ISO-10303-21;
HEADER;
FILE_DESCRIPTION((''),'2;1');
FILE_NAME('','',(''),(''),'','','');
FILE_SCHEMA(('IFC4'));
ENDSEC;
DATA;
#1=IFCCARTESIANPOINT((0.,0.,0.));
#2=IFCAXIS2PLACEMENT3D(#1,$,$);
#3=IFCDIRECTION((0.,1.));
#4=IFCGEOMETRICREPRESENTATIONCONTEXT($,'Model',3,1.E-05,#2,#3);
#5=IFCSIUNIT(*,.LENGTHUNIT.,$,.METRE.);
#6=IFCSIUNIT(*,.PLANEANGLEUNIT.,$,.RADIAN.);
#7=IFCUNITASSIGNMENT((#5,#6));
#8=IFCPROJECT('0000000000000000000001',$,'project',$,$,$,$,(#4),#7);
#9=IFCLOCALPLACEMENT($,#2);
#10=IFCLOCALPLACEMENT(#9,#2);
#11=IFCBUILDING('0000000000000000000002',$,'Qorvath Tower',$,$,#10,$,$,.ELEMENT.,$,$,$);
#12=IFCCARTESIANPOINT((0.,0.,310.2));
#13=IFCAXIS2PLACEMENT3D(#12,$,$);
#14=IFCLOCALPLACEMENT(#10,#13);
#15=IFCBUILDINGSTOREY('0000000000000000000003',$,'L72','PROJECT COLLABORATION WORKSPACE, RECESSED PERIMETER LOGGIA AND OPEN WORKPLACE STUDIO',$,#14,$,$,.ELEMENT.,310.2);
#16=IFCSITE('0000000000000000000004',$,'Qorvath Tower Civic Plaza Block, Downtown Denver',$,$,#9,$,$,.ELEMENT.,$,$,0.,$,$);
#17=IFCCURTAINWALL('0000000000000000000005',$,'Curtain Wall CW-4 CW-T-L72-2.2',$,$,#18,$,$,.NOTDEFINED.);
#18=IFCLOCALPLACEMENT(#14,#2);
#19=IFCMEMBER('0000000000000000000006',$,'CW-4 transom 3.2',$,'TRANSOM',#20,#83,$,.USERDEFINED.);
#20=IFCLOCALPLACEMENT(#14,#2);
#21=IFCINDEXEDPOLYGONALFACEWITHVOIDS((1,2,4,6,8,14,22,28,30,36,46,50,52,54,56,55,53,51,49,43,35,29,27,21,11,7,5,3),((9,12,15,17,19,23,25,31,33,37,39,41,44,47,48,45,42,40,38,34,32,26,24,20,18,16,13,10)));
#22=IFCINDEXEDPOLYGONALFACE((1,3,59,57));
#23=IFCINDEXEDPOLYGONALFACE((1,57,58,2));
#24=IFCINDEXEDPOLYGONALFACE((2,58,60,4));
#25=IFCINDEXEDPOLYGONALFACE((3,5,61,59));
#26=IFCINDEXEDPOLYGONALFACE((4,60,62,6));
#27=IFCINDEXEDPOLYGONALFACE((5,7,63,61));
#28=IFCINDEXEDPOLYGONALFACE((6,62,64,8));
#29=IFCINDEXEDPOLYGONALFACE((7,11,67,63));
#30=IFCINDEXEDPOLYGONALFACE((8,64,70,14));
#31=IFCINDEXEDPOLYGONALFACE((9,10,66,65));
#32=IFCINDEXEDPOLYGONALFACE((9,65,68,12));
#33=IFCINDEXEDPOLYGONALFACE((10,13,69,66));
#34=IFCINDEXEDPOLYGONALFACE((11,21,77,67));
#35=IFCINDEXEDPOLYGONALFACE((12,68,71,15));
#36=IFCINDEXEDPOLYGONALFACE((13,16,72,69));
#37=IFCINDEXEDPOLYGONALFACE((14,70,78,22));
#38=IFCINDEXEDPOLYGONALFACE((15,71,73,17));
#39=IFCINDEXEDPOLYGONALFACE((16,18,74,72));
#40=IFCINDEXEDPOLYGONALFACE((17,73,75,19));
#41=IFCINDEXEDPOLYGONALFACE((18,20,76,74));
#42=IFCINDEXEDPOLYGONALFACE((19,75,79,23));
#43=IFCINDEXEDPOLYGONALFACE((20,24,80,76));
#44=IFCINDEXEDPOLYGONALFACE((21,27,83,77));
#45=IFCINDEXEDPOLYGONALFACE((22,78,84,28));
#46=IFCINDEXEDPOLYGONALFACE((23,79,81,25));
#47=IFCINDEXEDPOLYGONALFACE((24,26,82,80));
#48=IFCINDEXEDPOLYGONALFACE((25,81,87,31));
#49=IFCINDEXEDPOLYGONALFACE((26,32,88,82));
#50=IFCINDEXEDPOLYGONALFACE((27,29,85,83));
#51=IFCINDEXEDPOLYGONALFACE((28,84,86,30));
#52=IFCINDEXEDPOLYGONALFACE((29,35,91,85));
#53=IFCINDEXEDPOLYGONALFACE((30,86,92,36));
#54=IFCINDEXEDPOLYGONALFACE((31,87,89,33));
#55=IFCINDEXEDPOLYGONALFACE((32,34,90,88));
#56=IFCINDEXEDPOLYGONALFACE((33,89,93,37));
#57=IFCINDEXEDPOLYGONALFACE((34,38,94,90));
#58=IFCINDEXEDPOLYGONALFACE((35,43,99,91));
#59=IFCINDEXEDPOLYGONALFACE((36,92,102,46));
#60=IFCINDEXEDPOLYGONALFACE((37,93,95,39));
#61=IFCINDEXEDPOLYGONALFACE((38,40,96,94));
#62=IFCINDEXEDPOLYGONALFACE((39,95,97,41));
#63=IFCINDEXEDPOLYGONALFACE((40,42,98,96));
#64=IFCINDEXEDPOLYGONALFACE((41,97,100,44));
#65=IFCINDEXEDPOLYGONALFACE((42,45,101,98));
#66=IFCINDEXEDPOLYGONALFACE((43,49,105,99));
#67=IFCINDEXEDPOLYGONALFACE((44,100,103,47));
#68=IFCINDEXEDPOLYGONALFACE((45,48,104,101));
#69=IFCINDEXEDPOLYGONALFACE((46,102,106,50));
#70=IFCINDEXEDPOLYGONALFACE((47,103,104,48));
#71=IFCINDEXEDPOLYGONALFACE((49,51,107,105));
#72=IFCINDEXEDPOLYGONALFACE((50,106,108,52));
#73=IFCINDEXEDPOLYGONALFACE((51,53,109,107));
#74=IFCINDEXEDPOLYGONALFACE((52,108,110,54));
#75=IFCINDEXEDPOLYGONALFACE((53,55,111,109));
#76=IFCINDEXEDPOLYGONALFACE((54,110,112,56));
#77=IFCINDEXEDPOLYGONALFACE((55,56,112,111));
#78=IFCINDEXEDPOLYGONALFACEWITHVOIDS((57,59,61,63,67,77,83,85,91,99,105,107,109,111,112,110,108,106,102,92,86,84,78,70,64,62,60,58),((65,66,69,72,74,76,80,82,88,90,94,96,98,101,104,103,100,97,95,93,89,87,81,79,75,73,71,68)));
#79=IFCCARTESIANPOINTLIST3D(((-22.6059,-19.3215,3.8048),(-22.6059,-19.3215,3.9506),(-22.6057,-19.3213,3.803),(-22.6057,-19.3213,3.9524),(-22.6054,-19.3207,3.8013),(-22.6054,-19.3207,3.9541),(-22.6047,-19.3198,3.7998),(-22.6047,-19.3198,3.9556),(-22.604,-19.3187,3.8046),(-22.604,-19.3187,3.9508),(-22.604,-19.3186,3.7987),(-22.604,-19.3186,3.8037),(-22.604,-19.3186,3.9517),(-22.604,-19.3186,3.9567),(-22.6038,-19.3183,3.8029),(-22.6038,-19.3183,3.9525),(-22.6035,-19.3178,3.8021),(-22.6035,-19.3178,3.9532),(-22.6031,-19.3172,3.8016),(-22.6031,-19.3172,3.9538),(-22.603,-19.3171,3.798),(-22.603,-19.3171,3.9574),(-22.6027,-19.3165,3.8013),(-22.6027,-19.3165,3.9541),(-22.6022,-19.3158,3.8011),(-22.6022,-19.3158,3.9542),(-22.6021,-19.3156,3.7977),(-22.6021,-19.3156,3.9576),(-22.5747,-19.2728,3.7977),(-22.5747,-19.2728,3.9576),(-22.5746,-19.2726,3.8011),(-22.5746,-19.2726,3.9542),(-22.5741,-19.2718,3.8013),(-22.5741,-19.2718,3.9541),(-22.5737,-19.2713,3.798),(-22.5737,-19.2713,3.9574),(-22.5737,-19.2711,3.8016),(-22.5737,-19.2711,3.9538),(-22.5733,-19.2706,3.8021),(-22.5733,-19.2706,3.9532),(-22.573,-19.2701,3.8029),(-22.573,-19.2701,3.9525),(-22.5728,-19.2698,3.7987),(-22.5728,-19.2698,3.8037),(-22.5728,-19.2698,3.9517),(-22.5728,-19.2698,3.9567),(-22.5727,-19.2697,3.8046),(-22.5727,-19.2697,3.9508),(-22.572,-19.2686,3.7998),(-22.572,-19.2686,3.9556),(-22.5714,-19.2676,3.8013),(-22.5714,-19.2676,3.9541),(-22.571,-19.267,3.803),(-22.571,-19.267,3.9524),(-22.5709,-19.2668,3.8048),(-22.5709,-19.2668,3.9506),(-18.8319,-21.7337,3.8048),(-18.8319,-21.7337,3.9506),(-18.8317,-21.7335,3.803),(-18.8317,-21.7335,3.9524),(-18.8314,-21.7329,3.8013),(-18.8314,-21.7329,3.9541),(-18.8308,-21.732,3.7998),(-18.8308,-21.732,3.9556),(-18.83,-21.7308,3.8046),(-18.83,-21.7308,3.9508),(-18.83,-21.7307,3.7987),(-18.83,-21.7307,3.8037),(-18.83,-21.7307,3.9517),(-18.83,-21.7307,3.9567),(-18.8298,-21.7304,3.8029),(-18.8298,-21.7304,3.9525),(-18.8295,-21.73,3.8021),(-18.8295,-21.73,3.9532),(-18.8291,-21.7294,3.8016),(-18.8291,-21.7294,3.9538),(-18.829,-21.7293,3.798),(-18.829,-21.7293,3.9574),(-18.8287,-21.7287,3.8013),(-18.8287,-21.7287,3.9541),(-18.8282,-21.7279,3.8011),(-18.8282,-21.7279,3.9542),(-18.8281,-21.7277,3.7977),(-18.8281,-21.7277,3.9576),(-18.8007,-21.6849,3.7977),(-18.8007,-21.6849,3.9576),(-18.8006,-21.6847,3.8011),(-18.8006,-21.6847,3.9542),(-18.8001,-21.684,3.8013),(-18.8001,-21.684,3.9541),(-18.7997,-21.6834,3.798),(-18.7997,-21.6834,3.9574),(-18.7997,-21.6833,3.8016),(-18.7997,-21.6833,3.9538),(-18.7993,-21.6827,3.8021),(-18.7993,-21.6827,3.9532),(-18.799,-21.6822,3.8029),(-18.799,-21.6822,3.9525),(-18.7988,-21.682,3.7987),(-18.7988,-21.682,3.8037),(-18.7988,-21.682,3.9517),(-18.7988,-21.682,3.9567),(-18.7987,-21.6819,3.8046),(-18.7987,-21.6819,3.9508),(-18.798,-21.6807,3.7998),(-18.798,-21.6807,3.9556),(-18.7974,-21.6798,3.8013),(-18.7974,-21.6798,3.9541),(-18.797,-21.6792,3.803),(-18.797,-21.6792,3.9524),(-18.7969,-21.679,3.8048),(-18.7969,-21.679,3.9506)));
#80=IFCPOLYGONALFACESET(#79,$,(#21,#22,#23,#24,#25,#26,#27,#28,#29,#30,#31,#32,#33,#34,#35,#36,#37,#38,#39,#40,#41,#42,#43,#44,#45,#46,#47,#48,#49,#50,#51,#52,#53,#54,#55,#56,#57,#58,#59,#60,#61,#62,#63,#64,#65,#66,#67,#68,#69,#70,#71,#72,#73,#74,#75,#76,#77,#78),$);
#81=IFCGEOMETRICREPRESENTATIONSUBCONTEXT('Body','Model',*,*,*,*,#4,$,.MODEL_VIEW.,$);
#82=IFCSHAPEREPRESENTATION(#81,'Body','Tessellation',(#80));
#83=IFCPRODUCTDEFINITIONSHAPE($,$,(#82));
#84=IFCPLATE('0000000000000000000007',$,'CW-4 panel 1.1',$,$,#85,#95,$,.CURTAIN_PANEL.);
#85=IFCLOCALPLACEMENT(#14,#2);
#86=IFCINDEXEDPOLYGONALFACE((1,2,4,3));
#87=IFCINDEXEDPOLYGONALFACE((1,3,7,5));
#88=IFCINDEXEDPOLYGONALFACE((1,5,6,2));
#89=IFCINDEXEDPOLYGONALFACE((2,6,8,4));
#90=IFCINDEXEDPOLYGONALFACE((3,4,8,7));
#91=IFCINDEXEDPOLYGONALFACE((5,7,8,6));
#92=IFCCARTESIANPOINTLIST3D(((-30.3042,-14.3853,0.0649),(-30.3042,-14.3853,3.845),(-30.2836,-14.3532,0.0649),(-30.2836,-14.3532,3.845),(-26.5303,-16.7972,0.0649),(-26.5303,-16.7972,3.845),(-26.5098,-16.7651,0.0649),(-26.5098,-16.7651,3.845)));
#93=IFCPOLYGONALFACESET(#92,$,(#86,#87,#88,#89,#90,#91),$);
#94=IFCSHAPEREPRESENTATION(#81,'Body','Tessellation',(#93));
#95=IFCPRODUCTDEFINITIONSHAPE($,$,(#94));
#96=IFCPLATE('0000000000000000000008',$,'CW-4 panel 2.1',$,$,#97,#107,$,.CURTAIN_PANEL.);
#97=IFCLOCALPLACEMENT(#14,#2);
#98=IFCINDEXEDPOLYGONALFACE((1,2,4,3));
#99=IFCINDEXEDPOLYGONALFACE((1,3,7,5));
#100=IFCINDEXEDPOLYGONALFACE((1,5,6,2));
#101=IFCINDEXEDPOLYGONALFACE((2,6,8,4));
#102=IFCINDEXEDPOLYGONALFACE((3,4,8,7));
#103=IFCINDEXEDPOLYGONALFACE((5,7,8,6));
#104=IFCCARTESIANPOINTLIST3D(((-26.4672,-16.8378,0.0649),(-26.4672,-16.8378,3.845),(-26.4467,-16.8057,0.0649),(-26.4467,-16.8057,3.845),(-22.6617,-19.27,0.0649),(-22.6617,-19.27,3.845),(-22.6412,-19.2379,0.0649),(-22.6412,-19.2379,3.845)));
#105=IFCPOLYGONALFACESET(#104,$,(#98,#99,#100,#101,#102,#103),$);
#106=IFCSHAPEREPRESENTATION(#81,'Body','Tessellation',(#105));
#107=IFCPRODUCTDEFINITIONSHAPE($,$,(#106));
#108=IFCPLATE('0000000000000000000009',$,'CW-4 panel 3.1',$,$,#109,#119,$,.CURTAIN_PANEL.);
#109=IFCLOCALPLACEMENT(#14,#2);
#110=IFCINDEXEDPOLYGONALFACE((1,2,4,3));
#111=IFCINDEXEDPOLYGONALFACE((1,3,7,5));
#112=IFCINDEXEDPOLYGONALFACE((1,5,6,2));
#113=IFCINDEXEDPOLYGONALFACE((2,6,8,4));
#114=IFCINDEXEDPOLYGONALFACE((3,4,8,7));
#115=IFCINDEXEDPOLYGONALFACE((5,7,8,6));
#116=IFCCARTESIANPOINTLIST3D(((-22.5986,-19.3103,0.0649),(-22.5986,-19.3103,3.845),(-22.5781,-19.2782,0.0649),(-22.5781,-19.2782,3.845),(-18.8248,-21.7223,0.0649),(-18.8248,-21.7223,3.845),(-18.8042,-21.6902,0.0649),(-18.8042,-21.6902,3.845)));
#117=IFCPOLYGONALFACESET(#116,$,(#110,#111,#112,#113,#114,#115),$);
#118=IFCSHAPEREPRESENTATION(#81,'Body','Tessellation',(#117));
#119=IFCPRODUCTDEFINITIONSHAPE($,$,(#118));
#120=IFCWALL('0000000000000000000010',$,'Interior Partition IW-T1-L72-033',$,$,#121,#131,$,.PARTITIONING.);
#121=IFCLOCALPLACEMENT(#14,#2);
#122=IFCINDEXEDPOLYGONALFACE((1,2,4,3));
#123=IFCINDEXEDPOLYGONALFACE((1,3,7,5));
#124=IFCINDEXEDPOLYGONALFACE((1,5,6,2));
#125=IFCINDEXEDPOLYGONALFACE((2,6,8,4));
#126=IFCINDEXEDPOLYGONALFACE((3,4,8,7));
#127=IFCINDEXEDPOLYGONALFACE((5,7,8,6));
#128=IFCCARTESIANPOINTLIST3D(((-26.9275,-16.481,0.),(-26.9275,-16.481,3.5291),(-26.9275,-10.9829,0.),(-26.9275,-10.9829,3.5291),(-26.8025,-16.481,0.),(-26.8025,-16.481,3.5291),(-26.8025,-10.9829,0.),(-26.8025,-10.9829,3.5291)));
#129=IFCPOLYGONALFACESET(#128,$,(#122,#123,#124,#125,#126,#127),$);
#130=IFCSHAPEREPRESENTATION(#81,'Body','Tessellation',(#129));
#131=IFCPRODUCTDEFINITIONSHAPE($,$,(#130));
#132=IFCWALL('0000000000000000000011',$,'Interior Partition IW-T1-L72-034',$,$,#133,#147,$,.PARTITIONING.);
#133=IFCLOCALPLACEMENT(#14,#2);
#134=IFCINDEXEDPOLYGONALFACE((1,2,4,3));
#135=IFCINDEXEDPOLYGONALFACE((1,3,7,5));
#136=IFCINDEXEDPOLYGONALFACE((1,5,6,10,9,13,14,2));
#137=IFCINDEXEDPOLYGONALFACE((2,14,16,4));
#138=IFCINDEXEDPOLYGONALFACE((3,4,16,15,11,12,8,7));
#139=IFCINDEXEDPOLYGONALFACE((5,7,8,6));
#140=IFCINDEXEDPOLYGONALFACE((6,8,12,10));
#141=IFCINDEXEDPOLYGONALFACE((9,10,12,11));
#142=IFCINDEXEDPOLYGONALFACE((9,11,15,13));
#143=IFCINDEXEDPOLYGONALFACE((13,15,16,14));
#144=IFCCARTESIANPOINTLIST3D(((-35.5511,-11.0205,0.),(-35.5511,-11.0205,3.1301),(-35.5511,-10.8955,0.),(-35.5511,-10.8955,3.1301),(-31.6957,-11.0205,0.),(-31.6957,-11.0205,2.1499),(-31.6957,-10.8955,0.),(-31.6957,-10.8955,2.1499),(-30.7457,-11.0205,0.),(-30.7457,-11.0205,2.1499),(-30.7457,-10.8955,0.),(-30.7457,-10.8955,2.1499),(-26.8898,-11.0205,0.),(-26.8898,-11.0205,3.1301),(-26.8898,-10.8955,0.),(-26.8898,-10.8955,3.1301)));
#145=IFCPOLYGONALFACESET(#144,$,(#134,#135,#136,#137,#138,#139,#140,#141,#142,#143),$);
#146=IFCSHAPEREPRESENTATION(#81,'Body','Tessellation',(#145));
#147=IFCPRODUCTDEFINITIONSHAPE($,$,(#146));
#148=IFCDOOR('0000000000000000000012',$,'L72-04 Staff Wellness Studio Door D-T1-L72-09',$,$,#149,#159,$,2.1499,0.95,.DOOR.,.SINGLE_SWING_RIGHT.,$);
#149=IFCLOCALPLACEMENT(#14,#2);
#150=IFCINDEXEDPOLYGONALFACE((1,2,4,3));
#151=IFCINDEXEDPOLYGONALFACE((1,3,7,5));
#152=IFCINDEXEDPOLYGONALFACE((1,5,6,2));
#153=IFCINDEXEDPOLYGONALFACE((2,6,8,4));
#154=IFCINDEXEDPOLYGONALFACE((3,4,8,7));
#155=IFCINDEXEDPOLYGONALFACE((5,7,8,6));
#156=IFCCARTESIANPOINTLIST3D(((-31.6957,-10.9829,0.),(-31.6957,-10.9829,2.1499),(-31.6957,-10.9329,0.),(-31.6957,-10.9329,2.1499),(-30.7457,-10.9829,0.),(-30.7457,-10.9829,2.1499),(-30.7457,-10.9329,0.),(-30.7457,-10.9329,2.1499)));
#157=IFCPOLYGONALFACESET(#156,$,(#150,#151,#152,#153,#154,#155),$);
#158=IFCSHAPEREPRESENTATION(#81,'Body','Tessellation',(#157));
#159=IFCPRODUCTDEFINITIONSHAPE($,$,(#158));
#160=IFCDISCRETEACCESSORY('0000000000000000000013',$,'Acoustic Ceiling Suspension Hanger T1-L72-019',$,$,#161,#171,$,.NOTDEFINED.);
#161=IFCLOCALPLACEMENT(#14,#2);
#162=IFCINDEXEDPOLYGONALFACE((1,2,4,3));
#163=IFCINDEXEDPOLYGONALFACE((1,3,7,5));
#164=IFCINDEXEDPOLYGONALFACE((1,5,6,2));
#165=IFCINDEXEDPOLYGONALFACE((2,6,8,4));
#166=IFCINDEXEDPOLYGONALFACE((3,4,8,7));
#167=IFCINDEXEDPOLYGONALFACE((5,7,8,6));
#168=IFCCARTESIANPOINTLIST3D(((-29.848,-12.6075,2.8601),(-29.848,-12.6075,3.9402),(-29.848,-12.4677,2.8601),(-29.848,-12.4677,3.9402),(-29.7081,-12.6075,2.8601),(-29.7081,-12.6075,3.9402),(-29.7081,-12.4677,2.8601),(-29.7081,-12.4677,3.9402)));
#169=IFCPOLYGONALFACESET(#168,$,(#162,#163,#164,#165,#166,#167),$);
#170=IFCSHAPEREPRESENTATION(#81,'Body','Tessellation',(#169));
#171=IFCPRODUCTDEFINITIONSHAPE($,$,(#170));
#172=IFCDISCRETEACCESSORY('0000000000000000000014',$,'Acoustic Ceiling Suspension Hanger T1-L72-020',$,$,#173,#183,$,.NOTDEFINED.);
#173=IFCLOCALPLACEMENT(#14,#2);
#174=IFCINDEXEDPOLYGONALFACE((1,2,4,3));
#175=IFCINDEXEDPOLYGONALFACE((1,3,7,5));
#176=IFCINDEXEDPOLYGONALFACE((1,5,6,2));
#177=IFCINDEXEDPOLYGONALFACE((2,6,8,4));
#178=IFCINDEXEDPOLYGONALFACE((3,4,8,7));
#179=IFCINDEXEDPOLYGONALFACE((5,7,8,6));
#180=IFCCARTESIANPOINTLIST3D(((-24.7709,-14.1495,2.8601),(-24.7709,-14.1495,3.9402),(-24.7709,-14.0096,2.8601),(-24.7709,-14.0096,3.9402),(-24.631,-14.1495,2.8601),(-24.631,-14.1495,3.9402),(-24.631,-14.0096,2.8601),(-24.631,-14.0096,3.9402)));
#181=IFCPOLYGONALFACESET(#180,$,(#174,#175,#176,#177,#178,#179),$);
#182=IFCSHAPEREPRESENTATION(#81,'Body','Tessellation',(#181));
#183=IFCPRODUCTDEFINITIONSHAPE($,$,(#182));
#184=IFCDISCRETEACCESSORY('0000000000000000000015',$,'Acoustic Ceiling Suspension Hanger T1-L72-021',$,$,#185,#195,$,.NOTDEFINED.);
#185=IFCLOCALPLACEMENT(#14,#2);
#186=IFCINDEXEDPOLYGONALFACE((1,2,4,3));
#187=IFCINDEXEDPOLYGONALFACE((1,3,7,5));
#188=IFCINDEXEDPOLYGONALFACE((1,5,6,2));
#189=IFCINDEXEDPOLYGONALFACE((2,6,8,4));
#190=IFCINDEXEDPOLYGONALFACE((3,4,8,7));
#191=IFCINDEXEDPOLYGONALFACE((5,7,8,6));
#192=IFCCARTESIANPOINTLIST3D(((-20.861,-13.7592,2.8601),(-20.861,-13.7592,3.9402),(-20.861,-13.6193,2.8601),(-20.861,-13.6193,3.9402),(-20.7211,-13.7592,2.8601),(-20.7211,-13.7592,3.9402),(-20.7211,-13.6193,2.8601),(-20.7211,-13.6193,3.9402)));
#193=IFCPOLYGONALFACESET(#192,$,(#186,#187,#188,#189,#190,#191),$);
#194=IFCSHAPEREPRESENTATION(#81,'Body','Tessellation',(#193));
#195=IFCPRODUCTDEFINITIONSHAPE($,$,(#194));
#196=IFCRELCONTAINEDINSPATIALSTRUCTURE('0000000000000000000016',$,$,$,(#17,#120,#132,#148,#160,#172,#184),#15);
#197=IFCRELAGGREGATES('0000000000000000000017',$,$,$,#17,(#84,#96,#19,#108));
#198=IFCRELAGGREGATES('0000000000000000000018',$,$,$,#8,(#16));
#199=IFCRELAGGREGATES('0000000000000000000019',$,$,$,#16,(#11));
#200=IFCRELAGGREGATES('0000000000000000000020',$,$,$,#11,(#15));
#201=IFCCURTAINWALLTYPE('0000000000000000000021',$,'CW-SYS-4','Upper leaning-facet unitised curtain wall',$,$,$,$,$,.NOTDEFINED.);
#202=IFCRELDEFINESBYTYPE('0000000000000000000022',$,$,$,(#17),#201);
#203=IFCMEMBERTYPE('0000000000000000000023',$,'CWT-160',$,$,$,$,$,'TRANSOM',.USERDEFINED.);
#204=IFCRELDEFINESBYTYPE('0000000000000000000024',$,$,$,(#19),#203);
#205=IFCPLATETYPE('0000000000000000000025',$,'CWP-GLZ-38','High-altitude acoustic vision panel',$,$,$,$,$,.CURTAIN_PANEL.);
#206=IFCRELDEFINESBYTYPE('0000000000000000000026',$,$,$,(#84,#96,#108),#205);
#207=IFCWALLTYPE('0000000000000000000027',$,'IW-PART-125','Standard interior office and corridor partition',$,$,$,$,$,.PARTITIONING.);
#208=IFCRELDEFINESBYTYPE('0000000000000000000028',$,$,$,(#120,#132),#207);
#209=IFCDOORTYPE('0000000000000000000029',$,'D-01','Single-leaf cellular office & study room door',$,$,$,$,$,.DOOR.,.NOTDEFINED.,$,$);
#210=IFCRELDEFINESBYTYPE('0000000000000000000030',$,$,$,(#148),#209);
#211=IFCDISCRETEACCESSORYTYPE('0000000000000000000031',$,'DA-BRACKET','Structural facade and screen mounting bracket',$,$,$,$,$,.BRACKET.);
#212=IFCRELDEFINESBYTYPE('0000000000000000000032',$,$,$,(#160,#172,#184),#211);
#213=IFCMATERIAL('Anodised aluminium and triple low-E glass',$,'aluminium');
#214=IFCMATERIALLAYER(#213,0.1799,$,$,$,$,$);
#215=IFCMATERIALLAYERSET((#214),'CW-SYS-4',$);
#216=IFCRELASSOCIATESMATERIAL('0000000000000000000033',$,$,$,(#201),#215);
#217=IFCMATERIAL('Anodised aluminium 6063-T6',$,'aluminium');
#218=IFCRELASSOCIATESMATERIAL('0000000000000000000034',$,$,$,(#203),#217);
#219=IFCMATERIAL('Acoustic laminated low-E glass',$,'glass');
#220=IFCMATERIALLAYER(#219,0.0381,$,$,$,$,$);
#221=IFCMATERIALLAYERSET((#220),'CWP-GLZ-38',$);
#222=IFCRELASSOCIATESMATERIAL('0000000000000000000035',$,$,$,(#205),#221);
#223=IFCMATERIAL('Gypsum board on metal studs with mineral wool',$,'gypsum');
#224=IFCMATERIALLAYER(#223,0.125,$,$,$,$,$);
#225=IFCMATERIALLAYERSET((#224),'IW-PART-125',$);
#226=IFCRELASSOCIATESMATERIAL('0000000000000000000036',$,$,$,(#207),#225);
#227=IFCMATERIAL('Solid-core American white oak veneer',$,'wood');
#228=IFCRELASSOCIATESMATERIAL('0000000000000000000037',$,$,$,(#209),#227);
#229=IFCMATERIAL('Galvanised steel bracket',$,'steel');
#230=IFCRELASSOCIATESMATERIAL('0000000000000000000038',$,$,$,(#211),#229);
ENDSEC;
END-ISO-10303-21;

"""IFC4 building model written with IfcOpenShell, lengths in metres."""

from ifc_helpers import new_model, si_unit, direction, frame, frame_2d, origin, origin_2d, place, context, subcontext, project, spatial, rectangle, hollow_rectangle, extrude, material, layer, layer_set, material_profile, profile_set, type_object, element, fill, aggregate, save


model = new_model("IFC4")

# Units and contexts
model_context = context("Model", 3, precision=1e-05, world=origin(), true_north=direction((0.0, 1.0)))
body_context = subcontext(model_context, "Body", "Model", "MODEL_VIEW")
ifc_project = project(units=[si_unit("LENGTHUNIT", "METRE"), si_unit("PLANEANGLEUNIT", "RADIAN")], contexts=[model_context])

# Site, building, storey
site_placement = place(None, origin())
site = spatial("IfcSite", under=ifc_project, at=site_placement, Name="Qorvath Tower Civic Plaza Block, Downtown Denver", CompositionType="ELEMENT", RefElevation=0.0)
building_placement = place(site_placement, origin())
building = spatial("IfcBuilding", under=site, at=building_placement, Name="Qorvath Tower", CompositionType="ELEMENT")
storey_placement = place(building_placement, frame((0.0, 0.0, 310.2)))
storey = spatial("IfcBuildingStorey", under=building, at=storey_placement, Name="L72", Description="PROJECT COLLABORATION WORKSPACE, RECESSED PERIMETER LOGGIA AND OPEN WORKPLACE STUDIO", CompositionType="ELEMENT", Elevation=310.2)

# Curtain wall, member, plates
ifc_material_1 = material(Name="Anodised aluminium and triple low-E glass", Category="aluminium")
ifc_layer_1 = layer(ifc_material_1, 0.1799)
ifc_layer_set_1 = layer_set([ifc_layer_1], Name="CW-SYS-4")
curtain_wall_type = type_object("IfcCurtainWallType", Name="CW-SYS-4", Description="Upper leaning-facet unitised curtain wall", PredefinedType="NOTDEFINED", material=ifc_layer_set_1)
curtain_wall_placement = place(storey_placement, origin())
curtain_wall = element("IfcCurtainWall", 1, at=curtain_wall_placement, inside=storey, type_object=curtain_wall_type, Name="Curtain Wall CW-4 CW-T-L72-2.2", PredefinedType="NOTDEFINED")
ifc_material_2 = material(Name="Anodised aluminium 6063-T6", Category="aluminium")
ifc_material_profile_1 = material_profile(ifc_material_2, hollow_rectangle(XDim=0.0649, YDim=0.1599, WallThickness=0.0034, InnerFilletRadius=0.0034, OuterFilletRadius=0.0071, at=origin_2d()), Name="CWT 160x65")
ifc_profile_set_1 = profile_set([ifc_material_profile_1], Name="Anodised aluminium 6063-T6")
member_type_1 = type_object("IfcMemberType", Name="CWT-160", ElementType="TRANSOM", PredefinedType="USERDEFINED", material=ifc_profile_set_1)
member_1_placement = place(storey_placement, frame((-22.5884, -19.2942, 3.8777), z_axis=(0.842596, -0.538546, 0.0), x_axis=(0.538546, 0.842596, 0.0)))
member_1 = element("IfcMember", 2, at=member_1_placement, type_object=member_type_1, Name="CW-4 transom 3.2", ObjectType="TRANSOM", PredefinedType="USERDEFINED", context=body_context, shape_type="SweptSolid", body=[
    extrude(hollow_rectangle(XDim=0.0649, YDim=0.1599, WallThickness=0.0034, InnerFilletRadius=0.0034, OuterFilletRadius=0.0071, at=origin_2d()), origin(), (0.0, 0.0, 1.0), 4.479),
])
ifc_material_3 = material(Name="Acoustic laminated low-E glass", Category="glass")
ifc_layer_2 = layer(ifc_material_3, 0.0381)
ifc_layer_set_2 = layer_set([ifc_layer_2], Name="CWP-GLZ-38")
plate_type = type_object("IfcPlateType", Name="CWP-GLZ-38", Description="High-altitude acoustic vision panel", PredefinedType="CURTAIN_PANEL", material=ifc_layer_set_2)
plate_1_placement = place(storey_placement, frame((-28.407, -15.5752, 0.0649), z_axis=(0.0, 0.0, 1.0), x_axis=(0.842605, -0.538531, 0.0)))
plate_1 = element("IfcPlate", 3, at=plate_1_placement, type_object=plate_type, Name="CW-4 panel 1.1", PredefinedType="CURTAIN_PANEL", context=body_context, shape_type="SweptSolid", body=[
    extrude(rectangle(XDim=4.4788, YDim=0.0381, at=origin_2d()), origin(), (0.0, 0.0, 1.0), 3.78),
])
plate_2_placement = place(storey_placement, frame((-24.5542, -18.0378, 0.0649), z_axis=(0.0, 0.0, 1.0), x_axis=(0.842605, -0.538531, 0.0)))
plate_2 = element("IfcPlate", 4, at=plate_2_placement, type_object=plate_type, Name="CW-4 panel 2.1", PredefinedType="CURTAIN_PANEL", context=body_context, shape_type="SweptSolid", body=[
    extrude(rectangle(XDim=4.5164, YDim=0.0381, at=origin_2d()), origin(), (0.0, 0.0, 1.0), 3.78),
])
plate_3_placement = place(storey_placement, frame((-20.7014, -20.5002, 0.0649), z_axis=(0.0, 0.0, 1.0), x_axis=(0.842605, -0.538531, 0.0)))
plate_3 = element("IfcPlate", 5, at=plate_3_placement, type_object=plate_type, Name="CW-4 panel 3.1", PredefinedType="CURTAIN_PANEL", context=body_context, shape_type="SweptSolid", body=[
    extrude(rectangle(XDim=4.4788, YDim=0.0381, at=origin_2d()), origin(), (0.0, 0.0, 1.0), 3.78),
])
aggregate(curtain_wall, [plate_1, plate_2, member_1, plate_3])

# Wall
ifc_material_4 = material(Name="Gypsum board on metal studs with mineral wool", Category="gypsum")
ifc_layer_3 = layer(ifc_material_4, 0.125)
ifc_layer_set_3 = layer_set([ifc_layer_3], Name="IW-PART-125")
wall_type = type_object("IfcWallType", Name="IW-PART-125", Description="Standard interior office and corridor partition", PredefinedType="PARTITIONING", material=ifc_layer_set_3)
wall_1_placement = place(storey_placement, frame((-26.865, -16.481, 0.0), z_axis=(0.0, 0.0, 1.0), x_axis=(0.0, 1.0, 0.0)))
element("IfcWall", 6, at=wall_1_placement, inside=storey, type_object=wall_type, Name="Interior Partition IW-T1-L72-033", PredefinedType="PARTITIONING", context=body_context, shape_type="SweptSolid", body=[
    extrude(rectangle(XDim=5.498, YDim=0.125, at=frame_2d((2.749, 0.0))), origin(), (0.0, 0.0, 1.0), 3.5291),
])

# Wall, opening, door
wall_2_placement = place(storey_placement, frame((-26.8899, -10.958, 0.0), z_axis=(0.0, 0.0, 1.0), x_axis=(-1.0, 0.0, 0.0)))
wall_2 = element("IfcWall", 7, at=wall_2_placement, inside=storey, type_object=wall_type, Name="Interior Partition IW-T1-L72-034", PredefinedType="PARTITIONING", context=body_context, shape_type="SweptSolid", body=[
    extrude(rectangle(XDim=8.6614, YDim=0.125, at=frame_2d((4.3306, 0.0))), origin(), (0.0, 0.0, 1.0), 3.1301),
])
opening_placement = place(wall_2_placement, frame((3.8557, 0.0, 0.0)))
opening = element("IfcOpeningElement", 8, at=opening_placement, cuts=wall_2, PredefinedType="OPENING", context=body_context, shape_type="SweptSolid", body=[
    extrude(rectangle(XDim=0.95, YDim=2.1499, at=frame_2d((0.4751, 1.075))), frame((0.0, 0.0725, 0.0), z_axis=(0.0, -1.0, 0.0), x_axis=(1.0, 0.0, 0.0)), (0.0, 0.0, 1.0), 0.145),
])
ifc_material_5 = material(Name="Solid-core American white oak veneer", Category="wood")
door_type = type_object("IfcDoorType", Name="D-01", Description="Single-leaf cellular office & study room door", OperationType="NOTDEFINED", PredefinedType="DOOR", material=ifc_material_5)
door_placement = place(opening_placement, origin())
door = element("IfcDoor", 9, at=door_placement, inside=storey, type_object=door_type, Name="L72-04 Staff Wellness Studio Door D-T1-L72-09", OperationType="SINGLE_SWING_RIGHT", OverallHeight=2.1499, OverallWidth=0.95, PredefinedType="DOOR", context=body_context, shape_type="SweptSolid", body=[
    extrude(rectangle(XDim=0.95, YDim=2.1499, at=frame_2d((0.4751, 1.075))), frame((0.0, 0.0249, 0.0), z_axis=(0.0, -1.0, 0.0), x_axis=(1.0, 0.0, 0.0)), (0.0, 0.0, 1.0), 0.05),
])
fill(opening, door)

# Discrete accessories
ifc_material_6 = material(Name="Galvanised steel bracket", Category="steel")
discrete_accessory_type = type_object("IfcDiscreteAccessoryType", Name="DA-BRACKET", Description="Structural facade and screen mounting bracket", PredefinedType="BRACKET", material=ifc_material_6)
for number, where, z_axis, x_axis, name in (
    (10, (-29.7781, -12.5376, 2.8601), (0.0, 0.0, 1.0), (1.0, 0.0, 0.0), "Acoustic Ceiling Suspension Hanger T1-L72-019"),
    (11, (-24.7009, -14.0796, 2.8601), (0.0, 0.0, 1.0), (1.0, 0.0, 0.0), "Acoustic Ceiling Suspension Hanger T1-L72-020"),
    (12, (-20.791, -13.6892, 2.8601), (0.0, 0.0, 1.0), (1.0, 0.0, 0.0), "Acoustic Ceiling Suspension Hanger T1-L72-021"),
):
    element("IfcDiscreteAccessory", number, at=place(storey_placement, frame(where, z_axis=z_axis, x_axis=x_axis)), inside=storey, type_object=discrete_accessory_type, Name=name, PredefinedType="NOTDEFINED", context=body_context, shape_type="SweptSolid", body=[
        extrude(rectangle(XDim=0.1399, YDim=0.1399, at=origin_2d()), origin(), (0.0, 0.0, 1.0), 1.0801),
    ])

save(model, "model.ifc")
